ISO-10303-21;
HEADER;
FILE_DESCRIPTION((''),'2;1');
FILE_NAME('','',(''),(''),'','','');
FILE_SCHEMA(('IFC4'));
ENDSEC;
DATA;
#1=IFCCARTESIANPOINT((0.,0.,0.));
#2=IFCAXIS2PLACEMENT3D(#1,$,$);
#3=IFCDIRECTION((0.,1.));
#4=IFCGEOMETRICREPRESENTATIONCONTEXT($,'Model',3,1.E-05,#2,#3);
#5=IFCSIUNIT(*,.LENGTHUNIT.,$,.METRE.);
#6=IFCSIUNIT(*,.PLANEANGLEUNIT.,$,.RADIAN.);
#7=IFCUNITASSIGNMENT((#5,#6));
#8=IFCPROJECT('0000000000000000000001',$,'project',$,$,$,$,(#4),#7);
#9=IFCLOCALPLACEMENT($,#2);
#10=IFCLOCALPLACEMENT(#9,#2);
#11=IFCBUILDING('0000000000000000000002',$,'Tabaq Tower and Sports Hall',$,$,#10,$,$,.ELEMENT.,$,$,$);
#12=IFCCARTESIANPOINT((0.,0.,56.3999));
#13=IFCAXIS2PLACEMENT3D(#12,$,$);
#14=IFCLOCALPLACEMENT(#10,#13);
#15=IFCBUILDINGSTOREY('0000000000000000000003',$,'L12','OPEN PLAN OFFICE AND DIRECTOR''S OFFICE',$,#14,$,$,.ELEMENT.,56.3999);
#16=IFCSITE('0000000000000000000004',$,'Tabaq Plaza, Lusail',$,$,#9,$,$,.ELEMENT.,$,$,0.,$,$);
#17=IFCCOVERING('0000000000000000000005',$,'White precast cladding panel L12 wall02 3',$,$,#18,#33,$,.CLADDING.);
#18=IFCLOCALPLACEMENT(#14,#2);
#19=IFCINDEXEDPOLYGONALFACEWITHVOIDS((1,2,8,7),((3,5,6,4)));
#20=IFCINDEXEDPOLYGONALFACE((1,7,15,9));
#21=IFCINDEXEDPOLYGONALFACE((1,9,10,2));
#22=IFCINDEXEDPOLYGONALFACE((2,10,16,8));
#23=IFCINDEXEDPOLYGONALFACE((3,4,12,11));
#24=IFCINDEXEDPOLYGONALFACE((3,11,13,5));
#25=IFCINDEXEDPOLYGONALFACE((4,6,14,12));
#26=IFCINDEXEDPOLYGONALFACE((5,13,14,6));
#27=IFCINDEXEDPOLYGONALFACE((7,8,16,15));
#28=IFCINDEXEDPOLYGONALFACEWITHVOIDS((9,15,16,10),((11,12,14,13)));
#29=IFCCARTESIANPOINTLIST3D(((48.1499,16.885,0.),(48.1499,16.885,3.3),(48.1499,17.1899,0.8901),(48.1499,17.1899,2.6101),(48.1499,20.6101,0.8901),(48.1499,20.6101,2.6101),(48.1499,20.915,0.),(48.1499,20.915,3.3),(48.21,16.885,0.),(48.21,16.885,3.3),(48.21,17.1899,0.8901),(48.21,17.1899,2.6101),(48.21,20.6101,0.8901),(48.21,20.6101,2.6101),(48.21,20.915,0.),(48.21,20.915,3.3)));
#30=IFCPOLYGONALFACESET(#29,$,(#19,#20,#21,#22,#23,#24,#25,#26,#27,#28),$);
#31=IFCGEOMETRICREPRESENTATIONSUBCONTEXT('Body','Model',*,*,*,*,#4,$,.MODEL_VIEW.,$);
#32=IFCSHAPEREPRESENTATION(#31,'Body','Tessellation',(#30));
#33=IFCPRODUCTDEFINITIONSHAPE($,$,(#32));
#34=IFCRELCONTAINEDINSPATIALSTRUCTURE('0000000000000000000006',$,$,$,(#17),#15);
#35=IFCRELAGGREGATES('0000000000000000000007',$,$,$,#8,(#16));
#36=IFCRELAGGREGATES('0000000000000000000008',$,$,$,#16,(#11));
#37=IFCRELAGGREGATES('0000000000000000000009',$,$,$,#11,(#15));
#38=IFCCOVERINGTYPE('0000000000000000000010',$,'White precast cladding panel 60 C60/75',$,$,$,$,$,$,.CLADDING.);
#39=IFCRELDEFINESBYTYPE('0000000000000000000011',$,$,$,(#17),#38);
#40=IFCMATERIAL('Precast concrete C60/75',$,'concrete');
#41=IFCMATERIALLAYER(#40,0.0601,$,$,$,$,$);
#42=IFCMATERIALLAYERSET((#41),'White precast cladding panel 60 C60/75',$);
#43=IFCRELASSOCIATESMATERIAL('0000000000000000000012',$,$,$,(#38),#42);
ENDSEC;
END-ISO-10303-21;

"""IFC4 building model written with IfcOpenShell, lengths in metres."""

from ifc_helpers import new_model, si_unit, direction, frame, origin, place, context, subcontext, project, spatial, polyline, outline, extrude, material, layer, layer_set, type_object, element, save


model = new_model("IFC4")

# Units and contexts
model_context = context("Model", 3, precision=1e-05, world=origin(), true_north=direction((0.0, 1.0)))
body_context = subcontext(model_context, "Body", "Model", "MODEL_VIEW")
ifc_project = project(units=[si_unit("LENGTHUNIT", "METRE"), si_unit("PLANEANGLEUNIT", "RADIAN")], contexts=[model_context])

# Site, building, storey
site_placement = place(None, origin())
site = spatial("IfcSite", under=ifc_project, at=site_placement, Name="Tabaq Plaza, Lusail", CompositionType="ELEMENT", RefElevation=0.0)
building_placement = place(site_placement, origin())
building = spatial("IfcBuilding", under=site, at=building_placement, Name="Tabaq Tower and Sports Hall", CompositionType="ELEMENT")
storey_placement = place(building_placement, frame((0.0, 0.0, 56.3999)))
storey = spatial("IfcBuildingStorey", under=building, at=storey_placement, Name="L12", Description="OPEN PLAN OFFICE AND DIRECTOR'S OFFICE", CompositionType="ELEMENT", Elevation=56.3999)

# Covering
ifc_material_1 = material(Name="Precast concrete C60/75", Category="concrete")
ifc_layer_1 = layer(ifc_material_1, 0.0601)
ifc_layer_set_1 = layer_set([ifc_layer_1], Name="White precast cladding panel 60 C60/75")
covering_type_1 = type_object("IfcCoveringType", Name="White precast cladding panel 60 C60/75", PredefinedType="CLADDING", material=ifc_layer_set_1)
covering_1_placement = place(storey_placement, frame((48.1799, 16.885, 0.0), z_axis=(0.0, 0.0, 1.0), x_axis=(0.0, 1.0, 0.0)))
element("IfcCovering", 1, at=covering_1_placement, inside=storey, type_object=covering_type_1, Name="White precast cladding panel L12 wall02 3", PredefinedType="CLADDING", context=body_context, shape_type="SweptSolid", body=[
    extrude(outline(polyline([(0.0, 0.0), (4.03, 0.0), (4.03, 3.3), (0.0, 3.3), (0.0, 0.0)]), holes=[polyline([(0.3049, 0.8901), (0.3049, 2.6101), (3.7251, 2.6101), (3.7251, 0.8901), (0.3049, 0.8901)])]), frame((0.0, 0.03, 0.0), z_axis=(0.0, -1.0, 0.0), x_axis=(1.0, 0.0, 0.0)), (0.0, 0.0, 1.0), 0.0601),
])

save(model, "model.ifc")
